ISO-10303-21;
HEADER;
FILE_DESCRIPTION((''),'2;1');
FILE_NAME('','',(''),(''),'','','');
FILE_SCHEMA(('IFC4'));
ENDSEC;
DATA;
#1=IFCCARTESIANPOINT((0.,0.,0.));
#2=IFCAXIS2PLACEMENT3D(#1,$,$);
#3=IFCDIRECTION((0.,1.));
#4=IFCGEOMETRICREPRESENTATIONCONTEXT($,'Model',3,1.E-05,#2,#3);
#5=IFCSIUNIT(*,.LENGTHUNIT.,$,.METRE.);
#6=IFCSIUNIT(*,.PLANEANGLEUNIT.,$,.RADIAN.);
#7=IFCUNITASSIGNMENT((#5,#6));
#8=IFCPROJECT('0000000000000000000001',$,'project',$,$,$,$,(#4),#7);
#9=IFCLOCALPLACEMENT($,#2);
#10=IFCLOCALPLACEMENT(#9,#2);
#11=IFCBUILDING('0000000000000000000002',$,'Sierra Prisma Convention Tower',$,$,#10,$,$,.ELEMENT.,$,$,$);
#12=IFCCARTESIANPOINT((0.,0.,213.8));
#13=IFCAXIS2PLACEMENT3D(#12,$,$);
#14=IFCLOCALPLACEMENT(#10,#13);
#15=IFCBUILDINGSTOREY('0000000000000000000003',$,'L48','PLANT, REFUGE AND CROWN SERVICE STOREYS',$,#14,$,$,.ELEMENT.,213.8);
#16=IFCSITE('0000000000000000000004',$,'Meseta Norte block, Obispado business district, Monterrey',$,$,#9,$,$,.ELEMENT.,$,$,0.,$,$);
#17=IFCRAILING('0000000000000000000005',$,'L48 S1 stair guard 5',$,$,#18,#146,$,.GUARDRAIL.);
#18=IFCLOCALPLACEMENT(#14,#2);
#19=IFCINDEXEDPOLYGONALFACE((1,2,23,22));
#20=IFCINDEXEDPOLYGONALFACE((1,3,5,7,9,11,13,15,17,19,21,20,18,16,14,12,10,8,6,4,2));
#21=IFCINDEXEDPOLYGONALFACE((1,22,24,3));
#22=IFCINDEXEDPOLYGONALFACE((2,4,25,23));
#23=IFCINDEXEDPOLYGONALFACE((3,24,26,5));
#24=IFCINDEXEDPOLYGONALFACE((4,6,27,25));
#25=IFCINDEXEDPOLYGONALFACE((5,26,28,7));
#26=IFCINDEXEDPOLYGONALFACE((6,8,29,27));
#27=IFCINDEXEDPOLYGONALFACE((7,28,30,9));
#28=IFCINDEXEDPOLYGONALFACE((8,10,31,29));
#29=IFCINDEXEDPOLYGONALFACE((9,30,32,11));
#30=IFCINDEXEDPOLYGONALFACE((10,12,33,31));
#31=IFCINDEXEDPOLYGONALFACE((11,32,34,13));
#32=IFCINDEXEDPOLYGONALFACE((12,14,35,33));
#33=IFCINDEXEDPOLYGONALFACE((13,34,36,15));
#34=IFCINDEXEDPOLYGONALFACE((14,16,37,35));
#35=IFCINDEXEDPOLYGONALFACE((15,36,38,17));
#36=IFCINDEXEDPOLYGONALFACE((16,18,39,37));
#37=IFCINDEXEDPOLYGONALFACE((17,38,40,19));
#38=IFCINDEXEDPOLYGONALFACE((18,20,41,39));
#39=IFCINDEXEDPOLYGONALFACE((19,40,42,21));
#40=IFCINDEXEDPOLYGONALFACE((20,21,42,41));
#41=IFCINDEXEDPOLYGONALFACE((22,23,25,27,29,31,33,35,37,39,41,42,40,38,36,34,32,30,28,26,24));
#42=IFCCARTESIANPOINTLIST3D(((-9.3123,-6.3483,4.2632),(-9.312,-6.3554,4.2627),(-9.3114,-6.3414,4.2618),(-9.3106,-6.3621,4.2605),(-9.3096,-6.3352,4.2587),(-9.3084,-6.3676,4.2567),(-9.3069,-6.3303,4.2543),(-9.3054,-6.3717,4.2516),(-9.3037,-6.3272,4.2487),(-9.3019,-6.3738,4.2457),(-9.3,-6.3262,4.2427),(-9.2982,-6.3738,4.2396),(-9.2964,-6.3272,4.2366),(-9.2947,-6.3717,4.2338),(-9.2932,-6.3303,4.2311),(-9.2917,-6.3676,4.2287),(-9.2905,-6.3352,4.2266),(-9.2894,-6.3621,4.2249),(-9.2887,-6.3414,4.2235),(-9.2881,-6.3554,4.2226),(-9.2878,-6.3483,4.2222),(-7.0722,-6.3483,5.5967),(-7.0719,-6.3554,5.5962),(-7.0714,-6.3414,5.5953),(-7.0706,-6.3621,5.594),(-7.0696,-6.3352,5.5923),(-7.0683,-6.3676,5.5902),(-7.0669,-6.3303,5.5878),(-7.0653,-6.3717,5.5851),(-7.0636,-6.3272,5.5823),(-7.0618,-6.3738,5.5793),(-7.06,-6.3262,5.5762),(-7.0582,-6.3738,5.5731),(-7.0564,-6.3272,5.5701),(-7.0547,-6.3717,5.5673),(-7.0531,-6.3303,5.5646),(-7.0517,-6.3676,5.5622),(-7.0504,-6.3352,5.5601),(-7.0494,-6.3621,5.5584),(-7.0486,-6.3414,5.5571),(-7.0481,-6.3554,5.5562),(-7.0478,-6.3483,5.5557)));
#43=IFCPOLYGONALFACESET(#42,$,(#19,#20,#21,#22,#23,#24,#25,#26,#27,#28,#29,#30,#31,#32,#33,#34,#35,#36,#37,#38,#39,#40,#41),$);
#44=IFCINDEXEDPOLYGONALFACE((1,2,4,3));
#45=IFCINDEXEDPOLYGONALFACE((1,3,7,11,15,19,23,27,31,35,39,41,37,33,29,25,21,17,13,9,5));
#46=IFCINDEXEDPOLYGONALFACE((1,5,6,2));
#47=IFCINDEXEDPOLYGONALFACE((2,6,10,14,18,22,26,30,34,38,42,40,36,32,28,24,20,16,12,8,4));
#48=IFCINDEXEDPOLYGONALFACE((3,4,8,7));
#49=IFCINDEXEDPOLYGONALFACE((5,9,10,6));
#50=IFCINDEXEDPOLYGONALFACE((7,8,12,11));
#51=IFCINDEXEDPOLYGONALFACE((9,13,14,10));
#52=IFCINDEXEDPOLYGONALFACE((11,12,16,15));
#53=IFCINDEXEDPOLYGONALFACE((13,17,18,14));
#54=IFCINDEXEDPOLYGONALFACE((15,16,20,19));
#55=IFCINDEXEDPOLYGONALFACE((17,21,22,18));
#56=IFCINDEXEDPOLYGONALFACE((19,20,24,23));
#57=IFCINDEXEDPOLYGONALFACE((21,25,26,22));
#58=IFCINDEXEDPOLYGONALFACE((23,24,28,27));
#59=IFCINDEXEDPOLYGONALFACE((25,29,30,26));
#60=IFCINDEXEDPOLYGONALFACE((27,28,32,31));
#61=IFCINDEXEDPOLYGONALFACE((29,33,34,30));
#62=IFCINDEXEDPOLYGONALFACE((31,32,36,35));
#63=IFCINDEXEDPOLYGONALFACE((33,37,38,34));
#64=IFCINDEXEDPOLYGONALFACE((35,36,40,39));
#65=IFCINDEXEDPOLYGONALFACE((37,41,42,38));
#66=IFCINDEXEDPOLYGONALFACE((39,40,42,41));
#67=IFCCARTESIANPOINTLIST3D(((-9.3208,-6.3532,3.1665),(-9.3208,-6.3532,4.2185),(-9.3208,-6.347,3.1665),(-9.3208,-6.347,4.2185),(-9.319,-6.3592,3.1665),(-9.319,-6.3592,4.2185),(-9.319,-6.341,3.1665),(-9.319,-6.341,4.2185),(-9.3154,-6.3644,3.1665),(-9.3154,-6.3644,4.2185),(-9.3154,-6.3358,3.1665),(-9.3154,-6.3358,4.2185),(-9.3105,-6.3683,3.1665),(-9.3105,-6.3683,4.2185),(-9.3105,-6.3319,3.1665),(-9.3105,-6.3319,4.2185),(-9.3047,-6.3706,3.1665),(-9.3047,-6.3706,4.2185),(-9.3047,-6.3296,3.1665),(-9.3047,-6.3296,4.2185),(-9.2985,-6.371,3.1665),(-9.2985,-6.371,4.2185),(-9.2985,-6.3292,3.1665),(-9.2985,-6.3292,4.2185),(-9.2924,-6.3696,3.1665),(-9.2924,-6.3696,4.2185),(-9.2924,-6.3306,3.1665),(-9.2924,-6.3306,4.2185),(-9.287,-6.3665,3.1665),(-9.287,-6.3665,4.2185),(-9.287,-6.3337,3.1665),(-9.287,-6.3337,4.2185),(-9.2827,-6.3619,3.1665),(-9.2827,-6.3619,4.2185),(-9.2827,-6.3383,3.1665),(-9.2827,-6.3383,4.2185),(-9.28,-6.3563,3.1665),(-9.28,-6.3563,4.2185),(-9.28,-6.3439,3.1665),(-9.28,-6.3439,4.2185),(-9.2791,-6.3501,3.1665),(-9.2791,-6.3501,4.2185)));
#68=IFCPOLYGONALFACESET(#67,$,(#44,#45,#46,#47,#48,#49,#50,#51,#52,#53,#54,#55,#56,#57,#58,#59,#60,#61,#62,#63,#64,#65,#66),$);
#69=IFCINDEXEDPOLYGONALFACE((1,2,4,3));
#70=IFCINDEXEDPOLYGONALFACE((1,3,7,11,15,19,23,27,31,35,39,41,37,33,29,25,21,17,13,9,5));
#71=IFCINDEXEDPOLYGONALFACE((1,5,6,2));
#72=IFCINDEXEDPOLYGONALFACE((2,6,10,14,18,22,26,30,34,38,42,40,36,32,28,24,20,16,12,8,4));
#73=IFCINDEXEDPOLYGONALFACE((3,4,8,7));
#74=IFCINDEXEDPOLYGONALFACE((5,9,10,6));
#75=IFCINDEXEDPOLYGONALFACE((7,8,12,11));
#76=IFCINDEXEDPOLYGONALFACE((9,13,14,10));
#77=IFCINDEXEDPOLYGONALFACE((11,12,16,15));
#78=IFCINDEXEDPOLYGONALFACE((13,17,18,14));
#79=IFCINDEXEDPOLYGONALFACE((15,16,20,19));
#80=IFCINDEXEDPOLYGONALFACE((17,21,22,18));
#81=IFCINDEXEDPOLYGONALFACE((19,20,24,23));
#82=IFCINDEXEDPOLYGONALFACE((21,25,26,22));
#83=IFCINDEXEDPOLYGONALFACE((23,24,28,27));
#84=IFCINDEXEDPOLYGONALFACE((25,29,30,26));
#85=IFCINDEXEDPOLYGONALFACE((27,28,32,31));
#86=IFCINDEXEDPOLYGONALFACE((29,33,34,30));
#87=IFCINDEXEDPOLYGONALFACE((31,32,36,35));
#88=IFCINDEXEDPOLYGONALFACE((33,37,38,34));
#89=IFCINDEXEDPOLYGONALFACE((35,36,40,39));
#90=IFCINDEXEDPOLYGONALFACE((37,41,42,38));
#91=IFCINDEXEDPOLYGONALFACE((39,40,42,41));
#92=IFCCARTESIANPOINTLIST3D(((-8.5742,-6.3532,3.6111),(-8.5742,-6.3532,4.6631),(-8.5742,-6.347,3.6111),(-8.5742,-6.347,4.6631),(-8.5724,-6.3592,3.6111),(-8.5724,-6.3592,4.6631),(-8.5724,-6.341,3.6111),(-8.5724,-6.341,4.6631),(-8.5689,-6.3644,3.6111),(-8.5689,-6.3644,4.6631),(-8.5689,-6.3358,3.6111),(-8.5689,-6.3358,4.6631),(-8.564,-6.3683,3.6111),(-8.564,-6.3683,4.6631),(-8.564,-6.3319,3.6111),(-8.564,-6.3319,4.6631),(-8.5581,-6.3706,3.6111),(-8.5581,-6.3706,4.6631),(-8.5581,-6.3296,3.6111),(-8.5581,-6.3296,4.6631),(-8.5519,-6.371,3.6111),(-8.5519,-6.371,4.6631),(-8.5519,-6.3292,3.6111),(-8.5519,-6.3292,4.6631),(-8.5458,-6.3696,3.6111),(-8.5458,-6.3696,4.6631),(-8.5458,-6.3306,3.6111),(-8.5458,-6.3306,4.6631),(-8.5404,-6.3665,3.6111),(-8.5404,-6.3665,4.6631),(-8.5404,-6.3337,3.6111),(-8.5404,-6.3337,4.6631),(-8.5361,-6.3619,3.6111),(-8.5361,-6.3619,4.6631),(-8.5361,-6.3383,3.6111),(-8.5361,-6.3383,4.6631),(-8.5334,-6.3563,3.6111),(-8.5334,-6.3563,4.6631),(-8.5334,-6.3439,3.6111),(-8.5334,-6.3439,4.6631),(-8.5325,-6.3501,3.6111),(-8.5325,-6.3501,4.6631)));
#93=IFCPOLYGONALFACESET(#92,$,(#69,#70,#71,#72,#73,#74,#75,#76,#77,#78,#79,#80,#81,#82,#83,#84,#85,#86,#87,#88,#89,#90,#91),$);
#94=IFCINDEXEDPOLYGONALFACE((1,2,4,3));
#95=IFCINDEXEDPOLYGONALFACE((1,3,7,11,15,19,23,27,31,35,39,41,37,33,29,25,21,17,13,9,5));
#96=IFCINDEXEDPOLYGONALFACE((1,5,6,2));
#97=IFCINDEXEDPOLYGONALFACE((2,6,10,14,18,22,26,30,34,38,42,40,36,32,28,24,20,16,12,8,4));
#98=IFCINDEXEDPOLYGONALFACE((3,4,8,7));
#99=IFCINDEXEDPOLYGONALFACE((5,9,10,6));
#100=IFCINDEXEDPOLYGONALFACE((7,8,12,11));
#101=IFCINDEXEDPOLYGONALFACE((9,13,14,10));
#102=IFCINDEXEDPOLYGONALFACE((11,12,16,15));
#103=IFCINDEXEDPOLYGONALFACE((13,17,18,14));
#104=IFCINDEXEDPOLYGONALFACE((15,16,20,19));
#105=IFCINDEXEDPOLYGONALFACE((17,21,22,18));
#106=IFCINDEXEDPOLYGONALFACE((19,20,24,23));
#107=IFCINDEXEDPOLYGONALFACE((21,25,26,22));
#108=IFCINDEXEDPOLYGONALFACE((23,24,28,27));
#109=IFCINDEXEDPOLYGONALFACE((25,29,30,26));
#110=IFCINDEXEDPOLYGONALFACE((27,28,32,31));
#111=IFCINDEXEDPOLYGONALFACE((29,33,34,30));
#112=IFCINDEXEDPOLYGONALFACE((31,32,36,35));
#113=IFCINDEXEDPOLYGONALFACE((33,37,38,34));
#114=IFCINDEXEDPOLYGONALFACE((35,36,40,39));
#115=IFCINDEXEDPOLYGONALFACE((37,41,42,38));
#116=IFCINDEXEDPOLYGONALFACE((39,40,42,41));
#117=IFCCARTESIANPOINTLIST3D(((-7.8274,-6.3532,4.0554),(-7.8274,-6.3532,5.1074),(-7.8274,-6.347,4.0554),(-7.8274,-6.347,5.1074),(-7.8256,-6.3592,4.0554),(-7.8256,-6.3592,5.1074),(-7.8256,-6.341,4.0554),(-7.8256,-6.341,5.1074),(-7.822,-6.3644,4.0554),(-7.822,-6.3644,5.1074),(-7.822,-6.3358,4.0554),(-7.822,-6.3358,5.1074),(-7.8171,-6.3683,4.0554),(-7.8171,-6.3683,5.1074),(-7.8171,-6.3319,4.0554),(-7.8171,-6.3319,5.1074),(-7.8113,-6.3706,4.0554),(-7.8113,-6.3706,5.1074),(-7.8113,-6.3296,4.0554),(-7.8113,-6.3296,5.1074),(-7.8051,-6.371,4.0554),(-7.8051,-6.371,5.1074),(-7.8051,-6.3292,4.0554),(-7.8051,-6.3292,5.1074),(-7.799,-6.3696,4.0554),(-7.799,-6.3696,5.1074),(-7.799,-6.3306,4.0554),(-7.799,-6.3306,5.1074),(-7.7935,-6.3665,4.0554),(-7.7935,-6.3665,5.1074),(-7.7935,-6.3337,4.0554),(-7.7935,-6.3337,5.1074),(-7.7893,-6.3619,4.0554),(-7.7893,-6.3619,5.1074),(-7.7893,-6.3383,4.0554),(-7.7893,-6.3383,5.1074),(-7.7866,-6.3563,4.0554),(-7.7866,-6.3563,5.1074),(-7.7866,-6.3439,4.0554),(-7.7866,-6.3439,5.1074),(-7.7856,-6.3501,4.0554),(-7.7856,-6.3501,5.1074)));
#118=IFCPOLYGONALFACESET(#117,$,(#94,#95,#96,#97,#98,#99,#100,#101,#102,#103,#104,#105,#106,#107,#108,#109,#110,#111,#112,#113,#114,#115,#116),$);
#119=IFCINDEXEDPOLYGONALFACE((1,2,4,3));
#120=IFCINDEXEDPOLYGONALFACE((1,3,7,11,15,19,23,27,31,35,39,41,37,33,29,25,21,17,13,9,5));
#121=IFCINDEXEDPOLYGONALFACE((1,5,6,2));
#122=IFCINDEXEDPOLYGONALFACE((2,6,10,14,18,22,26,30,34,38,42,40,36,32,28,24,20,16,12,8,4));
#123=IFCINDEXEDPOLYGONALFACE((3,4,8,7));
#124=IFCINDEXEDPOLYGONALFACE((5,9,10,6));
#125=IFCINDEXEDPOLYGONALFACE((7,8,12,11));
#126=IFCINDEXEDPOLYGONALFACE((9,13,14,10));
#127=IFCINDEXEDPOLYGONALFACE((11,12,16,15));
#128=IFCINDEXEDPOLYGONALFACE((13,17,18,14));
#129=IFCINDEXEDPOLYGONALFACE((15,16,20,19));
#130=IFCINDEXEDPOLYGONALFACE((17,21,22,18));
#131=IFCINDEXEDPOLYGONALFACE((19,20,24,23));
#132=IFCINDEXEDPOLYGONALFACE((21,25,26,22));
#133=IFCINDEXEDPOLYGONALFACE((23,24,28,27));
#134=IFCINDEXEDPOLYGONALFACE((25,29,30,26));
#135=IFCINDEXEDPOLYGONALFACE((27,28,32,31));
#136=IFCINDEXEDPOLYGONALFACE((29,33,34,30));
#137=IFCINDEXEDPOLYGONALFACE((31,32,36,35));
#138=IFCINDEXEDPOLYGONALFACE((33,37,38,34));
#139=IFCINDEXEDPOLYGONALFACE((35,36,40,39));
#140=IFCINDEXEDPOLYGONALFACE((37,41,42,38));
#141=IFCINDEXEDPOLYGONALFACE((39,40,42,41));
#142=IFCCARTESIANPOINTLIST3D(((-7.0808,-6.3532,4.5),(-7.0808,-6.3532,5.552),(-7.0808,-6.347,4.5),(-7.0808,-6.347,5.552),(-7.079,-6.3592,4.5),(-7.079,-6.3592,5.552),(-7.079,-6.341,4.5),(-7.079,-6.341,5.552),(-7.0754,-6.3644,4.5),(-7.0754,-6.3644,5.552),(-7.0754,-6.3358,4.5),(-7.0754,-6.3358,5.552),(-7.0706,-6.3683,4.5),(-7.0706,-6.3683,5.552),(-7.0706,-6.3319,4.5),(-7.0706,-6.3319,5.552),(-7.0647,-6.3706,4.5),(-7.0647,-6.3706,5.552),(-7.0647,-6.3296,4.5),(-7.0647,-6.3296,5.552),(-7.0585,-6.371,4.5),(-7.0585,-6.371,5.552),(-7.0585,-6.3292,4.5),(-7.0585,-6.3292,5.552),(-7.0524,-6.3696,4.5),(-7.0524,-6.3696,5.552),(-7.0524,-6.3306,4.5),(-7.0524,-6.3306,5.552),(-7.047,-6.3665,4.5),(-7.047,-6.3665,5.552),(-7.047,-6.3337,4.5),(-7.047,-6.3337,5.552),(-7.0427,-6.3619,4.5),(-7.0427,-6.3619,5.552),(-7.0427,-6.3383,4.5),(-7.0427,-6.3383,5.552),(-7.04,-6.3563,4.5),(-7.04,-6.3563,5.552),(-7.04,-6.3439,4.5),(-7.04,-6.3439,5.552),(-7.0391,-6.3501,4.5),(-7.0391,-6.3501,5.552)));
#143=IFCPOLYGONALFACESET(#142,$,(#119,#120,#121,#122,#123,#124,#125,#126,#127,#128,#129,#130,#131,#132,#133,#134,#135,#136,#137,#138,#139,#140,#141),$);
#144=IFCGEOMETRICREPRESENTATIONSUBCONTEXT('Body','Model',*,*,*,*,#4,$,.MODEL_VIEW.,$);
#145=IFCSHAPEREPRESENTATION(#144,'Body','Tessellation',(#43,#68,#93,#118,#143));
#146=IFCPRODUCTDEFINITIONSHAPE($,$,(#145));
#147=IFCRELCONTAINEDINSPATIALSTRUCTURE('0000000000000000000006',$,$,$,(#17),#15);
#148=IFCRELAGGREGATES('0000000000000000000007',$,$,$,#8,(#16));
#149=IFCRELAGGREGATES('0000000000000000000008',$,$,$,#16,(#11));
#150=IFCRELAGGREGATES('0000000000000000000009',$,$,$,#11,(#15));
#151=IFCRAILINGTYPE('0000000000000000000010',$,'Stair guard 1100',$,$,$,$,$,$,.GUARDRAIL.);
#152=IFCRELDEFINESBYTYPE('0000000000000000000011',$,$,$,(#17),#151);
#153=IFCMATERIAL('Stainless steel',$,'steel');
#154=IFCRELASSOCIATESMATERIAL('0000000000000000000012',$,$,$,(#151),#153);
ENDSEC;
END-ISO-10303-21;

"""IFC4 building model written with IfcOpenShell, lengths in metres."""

from ifc_helpers import new_model, si_unit, direction, frame, origin, origin_2d, place, context, subcontext, project, spatial, circle, extrude, material, type_object, element, save


model = new_model("IFC4")

# Units and contexts
model_context = context("Model", 3, precision=1e-05, world=origin(), true_north=direction((0.0, 1.0)))
body_context = subcontext(model_context, "Body", "Model", "MODEL_VIEW")
ifc_project = project(units=[si_unit("LENGTHUNIT", "METRE"), si_unit("PLANEANGLEUNIT", "RADIAN")], contexts=[model_context])

# Site, building, storey
site_placement = place(None, origin())
site = spatial("IfcSite", under=ifc_project, at=site_placement, Name="Meseta Norte block, Obispado business district, Monterrey", CompositionType="ELEMENT", RefElevation=0.0)
building_placement = place(site_placement, origin())
building = spatial("IfcBuilding", under=site, at=building_placement, Name="Sierra Prisma Convention Tower", CompositionType="ELEMENT")
storey_placement = place(building_placement, frame((0.0, 0.0, 213.8)))
storey = spatial("IfcBuildingStorey", under=building, at=storey_placement, Name="L48", Description="PLANT, REFUGE AND CROWN SERVICE STOREYS", CompositionType="ELEMENT", Elevation=213.8)

# Railing
ifc_material_1 = material(Name="Stainless steel", Category="steel")
railing_type_1 = type_object("IfcRailingType", Name="Stair guard 1100", PredefinedType="GUARDRAIL", material=ifc_material_1)
railing_1_placement = place(storey_placement, frame((-9.3, -6.3501, 3.1665)))
element("IfcRailing", 1, at=railing_1_placement, inside=storey, type_object=railing_type_1, Name="L48 S1 stair guard 5", PredefinedType="GUARDRAIL", context=body_context, shape_type="SweptSolid", body=[
    extrude(circle(Radius=0.0239, at=origin_2d()), frame((0.0, 0.0, 1.0762), z_axis=(0.859264, 0.0, 0.511532), x_axis=(0.0, 1.0, 0.0)), (0.0, 0.0, 1.0), 2.6069),
    extrude(circle(Radius=0.021, at=origin_2d()), origin(), (0.0, 0.0, 1.0), 1.052),
    extrude(circle(Radius=0.021, at=origin_2d()), frame((0.7466, 0.0, 0.4446)), (0.0, 0.0, 1.0), 1.052),
    extrude(circle(Radius=0.021, at=origin_2d()), frame((1.4934, 0.0, 0.8889)), (0.0, 0.0, 1.0), 1.052),
    extrude(circle(Radius=0.021, at=origin_2d()), frame((2.24, 0.0, 1.3335)), (0.0, 0.0, 1.0), 1.052),
])

save(model, "model.ifc")
